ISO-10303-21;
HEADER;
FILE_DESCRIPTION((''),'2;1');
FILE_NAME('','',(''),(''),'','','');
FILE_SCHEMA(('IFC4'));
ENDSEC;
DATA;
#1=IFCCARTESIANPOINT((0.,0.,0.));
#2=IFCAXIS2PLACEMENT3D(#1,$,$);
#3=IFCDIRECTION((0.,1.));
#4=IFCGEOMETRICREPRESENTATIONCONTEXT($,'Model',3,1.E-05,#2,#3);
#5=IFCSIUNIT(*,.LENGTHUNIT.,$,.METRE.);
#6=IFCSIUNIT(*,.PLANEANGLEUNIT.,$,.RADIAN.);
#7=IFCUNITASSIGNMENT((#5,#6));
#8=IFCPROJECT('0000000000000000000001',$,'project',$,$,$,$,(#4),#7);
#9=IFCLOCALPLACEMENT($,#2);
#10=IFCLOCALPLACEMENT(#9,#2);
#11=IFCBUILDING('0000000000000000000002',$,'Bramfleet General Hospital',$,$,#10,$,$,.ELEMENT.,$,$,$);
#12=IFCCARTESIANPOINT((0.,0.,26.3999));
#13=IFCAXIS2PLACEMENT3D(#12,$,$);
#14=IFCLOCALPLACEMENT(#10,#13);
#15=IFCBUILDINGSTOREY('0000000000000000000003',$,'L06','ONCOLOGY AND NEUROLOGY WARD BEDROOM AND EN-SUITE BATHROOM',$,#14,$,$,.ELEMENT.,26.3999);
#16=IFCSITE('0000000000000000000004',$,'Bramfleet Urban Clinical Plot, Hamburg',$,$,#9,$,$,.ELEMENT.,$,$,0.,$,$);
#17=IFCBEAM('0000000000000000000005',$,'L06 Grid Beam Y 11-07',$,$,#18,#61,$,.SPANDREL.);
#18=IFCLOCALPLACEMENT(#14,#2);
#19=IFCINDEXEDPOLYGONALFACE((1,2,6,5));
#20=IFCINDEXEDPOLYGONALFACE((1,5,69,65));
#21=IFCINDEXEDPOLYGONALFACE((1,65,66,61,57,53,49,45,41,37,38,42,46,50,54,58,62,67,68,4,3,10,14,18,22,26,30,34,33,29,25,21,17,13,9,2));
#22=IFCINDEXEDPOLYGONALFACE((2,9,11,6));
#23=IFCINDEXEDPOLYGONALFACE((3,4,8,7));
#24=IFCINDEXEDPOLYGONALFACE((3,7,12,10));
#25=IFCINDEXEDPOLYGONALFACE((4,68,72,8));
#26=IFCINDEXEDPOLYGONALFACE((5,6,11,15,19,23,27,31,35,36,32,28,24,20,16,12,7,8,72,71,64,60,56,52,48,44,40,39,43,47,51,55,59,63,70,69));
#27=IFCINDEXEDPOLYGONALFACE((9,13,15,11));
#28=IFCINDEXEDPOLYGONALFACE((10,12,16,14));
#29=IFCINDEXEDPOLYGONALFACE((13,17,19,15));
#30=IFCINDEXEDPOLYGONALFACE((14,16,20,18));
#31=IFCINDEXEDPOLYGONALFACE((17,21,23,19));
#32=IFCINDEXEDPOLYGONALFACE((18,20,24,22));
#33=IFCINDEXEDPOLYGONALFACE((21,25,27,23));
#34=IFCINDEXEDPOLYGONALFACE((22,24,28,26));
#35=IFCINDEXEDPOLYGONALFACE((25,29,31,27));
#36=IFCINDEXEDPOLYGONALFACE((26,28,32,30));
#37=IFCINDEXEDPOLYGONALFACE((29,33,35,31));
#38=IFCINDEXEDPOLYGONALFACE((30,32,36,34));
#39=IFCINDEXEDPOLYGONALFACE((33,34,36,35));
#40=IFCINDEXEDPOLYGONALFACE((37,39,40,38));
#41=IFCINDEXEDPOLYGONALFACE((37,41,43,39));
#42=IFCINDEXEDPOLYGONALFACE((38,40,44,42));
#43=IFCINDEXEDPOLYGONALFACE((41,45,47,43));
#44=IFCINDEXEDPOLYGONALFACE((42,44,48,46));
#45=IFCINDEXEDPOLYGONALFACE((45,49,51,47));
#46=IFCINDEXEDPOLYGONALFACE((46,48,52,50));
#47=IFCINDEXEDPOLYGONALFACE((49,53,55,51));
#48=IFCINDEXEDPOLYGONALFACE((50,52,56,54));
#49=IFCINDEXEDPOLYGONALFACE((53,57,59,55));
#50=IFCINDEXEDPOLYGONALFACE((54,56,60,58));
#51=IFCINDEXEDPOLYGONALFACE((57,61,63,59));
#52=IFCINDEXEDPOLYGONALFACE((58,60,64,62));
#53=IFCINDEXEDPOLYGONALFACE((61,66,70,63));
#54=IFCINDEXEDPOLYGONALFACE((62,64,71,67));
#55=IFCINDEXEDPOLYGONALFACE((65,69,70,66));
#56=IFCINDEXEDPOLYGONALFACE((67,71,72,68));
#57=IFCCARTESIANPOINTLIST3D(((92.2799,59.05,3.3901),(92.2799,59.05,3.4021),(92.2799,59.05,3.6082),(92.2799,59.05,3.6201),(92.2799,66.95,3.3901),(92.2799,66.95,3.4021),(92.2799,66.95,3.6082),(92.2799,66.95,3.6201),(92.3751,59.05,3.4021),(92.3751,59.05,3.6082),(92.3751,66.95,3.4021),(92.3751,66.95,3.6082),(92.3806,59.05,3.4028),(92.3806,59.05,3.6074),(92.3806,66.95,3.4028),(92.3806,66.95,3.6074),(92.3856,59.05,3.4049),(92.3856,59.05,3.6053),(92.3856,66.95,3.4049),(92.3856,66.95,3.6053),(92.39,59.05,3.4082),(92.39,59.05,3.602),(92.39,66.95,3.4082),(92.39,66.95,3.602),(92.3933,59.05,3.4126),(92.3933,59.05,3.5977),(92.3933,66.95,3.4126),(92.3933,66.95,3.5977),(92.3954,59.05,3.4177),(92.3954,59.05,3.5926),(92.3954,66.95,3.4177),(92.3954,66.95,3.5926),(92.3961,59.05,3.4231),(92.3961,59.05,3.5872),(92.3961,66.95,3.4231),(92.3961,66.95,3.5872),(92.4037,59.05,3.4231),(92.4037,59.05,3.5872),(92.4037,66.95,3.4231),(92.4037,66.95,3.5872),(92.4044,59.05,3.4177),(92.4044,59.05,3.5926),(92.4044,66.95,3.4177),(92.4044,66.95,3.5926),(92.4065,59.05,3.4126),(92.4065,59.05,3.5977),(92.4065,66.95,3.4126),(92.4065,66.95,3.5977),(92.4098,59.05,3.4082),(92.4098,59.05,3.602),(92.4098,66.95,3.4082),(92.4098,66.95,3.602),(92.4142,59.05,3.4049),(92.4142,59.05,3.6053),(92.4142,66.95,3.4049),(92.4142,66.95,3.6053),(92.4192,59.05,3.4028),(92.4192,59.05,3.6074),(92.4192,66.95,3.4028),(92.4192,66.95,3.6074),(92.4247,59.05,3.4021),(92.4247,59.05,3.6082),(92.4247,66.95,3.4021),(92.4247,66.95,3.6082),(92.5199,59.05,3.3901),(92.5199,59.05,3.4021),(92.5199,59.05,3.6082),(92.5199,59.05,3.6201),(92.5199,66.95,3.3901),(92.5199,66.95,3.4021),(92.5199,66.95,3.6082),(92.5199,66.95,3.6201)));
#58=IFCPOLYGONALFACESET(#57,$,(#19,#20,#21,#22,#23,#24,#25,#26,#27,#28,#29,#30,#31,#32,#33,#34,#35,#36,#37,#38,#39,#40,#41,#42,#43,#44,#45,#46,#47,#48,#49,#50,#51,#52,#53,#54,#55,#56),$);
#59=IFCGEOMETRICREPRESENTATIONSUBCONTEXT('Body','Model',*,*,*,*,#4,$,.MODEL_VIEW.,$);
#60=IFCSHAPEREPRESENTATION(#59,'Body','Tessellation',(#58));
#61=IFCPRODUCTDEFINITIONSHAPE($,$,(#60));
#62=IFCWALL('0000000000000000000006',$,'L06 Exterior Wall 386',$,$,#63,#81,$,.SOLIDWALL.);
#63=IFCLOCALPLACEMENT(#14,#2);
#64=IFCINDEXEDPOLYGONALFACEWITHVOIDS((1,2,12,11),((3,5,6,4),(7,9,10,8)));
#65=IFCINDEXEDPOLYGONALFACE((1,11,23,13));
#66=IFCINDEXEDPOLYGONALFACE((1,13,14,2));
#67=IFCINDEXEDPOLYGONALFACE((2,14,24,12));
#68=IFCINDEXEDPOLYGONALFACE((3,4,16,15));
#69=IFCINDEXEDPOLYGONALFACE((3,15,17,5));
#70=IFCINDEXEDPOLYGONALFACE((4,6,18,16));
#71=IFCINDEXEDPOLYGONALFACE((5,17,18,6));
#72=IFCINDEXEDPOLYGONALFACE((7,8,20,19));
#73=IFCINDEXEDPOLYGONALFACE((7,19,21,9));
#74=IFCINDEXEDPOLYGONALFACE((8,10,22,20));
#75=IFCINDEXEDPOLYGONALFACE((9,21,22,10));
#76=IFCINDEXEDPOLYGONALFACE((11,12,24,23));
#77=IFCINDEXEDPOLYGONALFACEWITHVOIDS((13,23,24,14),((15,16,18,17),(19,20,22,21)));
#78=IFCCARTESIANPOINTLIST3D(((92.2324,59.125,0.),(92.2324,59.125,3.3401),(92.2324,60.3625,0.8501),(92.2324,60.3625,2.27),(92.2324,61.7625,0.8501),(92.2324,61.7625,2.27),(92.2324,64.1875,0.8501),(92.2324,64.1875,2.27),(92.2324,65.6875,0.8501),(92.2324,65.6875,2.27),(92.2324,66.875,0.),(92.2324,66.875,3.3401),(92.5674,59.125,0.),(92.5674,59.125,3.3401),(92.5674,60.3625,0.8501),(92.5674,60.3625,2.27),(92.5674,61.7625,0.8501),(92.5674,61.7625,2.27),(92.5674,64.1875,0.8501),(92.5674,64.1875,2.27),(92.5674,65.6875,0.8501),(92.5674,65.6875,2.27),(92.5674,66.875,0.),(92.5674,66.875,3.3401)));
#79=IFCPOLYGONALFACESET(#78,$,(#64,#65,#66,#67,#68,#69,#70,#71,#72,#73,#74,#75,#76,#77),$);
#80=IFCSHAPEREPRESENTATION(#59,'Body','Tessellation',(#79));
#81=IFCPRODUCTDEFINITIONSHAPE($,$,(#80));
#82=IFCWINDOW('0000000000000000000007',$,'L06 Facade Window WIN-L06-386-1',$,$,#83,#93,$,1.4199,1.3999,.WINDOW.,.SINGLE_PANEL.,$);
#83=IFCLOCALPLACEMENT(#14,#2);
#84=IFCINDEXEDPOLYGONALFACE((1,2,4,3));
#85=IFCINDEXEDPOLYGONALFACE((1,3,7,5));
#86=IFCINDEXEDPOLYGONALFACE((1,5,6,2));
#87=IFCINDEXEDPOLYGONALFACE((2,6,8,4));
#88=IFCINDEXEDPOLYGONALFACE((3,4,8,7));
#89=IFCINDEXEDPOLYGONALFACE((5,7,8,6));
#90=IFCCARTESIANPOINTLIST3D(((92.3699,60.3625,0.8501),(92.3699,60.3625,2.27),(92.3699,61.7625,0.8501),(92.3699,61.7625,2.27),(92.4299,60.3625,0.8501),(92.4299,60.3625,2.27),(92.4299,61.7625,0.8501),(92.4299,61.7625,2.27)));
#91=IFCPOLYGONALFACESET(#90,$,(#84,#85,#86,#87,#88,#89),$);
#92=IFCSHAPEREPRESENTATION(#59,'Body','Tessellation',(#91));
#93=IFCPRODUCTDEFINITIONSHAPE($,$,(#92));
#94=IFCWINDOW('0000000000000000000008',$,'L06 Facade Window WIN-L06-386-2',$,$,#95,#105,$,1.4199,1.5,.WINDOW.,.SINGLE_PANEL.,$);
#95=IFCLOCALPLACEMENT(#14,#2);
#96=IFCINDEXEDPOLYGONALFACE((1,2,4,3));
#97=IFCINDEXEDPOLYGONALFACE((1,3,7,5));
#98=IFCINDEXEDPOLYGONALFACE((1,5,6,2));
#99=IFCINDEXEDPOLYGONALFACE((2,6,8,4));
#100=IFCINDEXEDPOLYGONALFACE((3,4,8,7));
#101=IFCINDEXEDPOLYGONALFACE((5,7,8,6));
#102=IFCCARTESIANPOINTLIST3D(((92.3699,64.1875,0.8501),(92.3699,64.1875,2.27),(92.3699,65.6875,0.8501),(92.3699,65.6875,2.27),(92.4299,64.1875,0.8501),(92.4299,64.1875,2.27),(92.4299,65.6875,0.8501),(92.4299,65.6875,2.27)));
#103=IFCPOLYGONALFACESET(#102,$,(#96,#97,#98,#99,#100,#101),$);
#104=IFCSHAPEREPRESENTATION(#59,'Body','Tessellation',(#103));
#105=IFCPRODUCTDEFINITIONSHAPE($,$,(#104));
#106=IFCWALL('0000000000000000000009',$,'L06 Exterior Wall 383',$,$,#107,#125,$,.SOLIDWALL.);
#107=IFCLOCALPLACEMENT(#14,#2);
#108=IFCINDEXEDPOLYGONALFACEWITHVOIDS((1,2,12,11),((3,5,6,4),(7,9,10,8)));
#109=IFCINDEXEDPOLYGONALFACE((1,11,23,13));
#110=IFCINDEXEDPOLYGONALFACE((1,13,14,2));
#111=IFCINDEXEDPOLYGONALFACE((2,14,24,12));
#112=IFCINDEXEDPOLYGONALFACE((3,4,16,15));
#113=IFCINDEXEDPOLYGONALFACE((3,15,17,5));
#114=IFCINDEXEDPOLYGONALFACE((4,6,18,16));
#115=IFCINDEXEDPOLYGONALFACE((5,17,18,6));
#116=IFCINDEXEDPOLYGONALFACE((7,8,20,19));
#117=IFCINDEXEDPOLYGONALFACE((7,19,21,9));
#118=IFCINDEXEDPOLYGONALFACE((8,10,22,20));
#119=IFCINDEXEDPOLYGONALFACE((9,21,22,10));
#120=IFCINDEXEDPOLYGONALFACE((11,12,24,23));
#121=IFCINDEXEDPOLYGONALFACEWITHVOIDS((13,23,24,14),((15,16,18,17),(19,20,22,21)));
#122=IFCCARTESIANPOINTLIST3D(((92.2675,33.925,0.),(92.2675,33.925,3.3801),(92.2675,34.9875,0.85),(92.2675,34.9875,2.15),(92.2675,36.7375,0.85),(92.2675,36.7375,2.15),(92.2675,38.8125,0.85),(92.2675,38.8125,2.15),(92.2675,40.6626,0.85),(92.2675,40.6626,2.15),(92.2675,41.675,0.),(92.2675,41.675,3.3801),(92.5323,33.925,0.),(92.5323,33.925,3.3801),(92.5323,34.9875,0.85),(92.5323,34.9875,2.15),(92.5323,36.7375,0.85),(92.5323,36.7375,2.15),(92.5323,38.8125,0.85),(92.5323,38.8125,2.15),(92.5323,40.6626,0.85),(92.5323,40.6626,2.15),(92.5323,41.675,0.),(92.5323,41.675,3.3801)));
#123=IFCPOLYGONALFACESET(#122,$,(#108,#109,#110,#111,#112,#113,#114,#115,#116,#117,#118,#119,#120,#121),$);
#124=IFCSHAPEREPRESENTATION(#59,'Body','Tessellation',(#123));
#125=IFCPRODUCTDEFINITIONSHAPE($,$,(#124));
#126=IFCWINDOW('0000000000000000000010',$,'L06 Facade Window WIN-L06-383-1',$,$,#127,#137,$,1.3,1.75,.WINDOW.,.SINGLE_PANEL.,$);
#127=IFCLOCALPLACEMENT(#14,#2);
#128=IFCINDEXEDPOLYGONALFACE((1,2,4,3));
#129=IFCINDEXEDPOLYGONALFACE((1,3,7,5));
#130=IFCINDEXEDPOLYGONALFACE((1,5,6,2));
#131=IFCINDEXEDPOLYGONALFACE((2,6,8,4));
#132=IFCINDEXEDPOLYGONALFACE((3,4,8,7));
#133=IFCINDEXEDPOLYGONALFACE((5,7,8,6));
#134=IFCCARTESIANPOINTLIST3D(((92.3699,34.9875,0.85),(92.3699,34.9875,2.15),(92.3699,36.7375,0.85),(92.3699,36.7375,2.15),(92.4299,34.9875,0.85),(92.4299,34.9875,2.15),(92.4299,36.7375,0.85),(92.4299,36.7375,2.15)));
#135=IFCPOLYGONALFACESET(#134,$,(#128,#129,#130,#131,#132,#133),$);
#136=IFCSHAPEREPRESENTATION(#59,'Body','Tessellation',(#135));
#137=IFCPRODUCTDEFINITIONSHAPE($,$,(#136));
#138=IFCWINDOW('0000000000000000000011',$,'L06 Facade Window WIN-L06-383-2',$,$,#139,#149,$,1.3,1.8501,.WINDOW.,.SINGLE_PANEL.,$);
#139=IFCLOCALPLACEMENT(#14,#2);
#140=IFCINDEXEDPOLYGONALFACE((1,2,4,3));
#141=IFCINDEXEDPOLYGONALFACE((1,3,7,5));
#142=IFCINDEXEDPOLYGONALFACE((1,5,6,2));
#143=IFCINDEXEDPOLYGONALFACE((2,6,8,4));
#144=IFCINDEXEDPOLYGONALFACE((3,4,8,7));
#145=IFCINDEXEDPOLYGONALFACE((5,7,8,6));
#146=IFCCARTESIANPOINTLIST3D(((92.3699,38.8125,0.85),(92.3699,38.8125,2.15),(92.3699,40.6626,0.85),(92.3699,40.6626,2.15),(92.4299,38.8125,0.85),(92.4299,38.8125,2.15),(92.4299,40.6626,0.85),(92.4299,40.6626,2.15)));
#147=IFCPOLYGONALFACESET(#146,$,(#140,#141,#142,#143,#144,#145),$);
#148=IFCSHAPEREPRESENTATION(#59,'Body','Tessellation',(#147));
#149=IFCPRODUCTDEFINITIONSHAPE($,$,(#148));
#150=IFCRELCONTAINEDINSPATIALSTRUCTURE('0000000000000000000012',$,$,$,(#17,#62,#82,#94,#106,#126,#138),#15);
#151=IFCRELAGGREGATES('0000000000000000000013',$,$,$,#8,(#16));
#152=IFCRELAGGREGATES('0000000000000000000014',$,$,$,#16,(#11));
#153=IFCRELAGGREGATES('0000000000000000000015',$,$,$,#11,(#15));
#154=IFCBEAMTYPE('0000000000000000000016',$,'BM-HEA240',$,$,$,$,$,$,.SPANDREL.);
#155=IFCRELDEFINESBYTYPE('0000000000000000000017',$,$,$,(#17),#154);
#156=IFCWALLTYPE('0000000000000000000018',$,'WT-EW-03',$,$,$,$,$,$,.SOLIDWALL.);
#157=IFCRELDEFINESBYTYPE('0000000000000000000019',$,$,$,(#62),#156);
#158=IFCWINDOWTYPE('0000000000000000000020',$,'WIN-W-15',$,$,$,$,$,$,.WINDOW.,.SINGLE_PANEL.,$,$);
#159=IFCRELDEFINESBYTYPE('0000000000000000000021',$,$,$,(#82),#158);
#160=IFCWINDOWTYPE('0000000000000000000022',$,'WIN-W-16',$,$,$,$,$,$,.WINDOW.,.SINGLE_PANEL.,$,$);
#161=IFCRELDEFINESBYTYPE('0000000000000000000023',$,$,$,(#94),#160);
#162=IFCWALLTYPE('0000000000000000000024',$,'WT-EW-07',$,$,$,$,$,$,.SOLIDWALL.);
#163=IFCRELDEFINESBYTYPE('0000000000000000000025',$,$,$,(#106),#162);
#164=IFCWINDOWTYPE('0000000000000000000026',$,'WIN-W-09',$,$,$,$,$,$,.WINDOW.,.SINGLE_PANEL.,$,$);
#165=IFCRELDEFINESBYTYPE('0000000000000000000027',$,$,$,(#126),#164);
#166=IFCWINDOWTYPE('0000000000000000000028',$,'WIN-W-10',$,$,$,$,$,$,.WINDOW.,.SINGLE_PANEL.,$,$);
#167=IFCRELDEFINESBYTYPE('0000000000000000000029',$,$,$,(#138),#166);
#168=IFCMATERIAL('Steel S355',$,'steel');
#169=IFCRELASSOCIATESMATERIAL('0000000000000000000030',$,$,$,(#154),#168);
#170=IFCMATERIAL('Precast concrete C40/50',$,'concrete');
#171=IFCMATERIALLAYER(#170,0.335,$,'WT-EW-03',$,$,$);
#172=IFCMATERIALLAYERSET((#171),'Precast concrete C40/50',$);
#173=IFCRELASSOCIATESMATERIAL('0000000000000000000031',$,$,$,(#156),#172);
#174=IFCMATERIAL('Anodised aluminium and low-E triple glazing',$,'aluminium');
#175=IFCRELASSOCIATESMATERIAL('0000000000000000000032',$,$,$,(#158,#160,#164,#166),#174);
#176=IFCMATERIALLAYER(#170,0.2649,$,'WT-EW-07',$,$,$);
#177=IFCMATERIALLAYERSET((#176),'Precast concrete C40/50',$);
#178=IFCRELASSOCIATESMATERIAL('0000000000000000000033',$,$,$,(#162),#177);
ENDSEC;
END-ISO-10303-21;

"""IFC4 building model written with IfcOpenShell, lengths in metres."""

from ifc_helpers import new_model, si_unit, direction, frame, frame_2d, origin, origin_2d, place, context, subcontext, project, spatial, rectangle, i_section, extrude, material, layer, layer_set, material_profile, profile_set, type_object, element, fill, save


model = new_model("IFC4")

# Units and contexts
model_context = context("Model", 3, precision=1e-05, world=origin(), true_north=direction((0.0, 1.0)))
body_context = subcontext(model_context, "Body", "Model", "MODEL_VIEW")
ifc_project = project(units=[si_unit("LENGTHUNIT", "METRE"), si_unit("PLANEANGLEUNIT", "RADIAN")], contexts=[model_context])

# Site, building, storey
site_placement = place(None, origin())
site = spatial("IfcSite", under=ifc_project, at=site_placement, Name="Bramfleet Urban Clinical Plot, Hamburg", CompositionType="ELEMENT", RefElevation=0.0)
building_placement = place(site_placement, origin())
building = spatial("IfcBuilding", under=site, at=building_placement, Name="Bramfleet General Hospital", CompositionType="ELEMENT")
storey_placement = place(building_placement, frame((0.0, 0.0, 26.3999)))
storey = spatial("IfcBuildingStorey", under=building, at=storey_placement, Name="L06", Description="ONCOLOGY AND NEUROLOGY WARD BEDROOM AND EN-SUITE BATHROOM", CompositionType="ELEMENT", Elevation=26.3999)

# Beam
ifc_material_1 = material(Name="Steel S355", Category="steel")
ifc_material_profile_1 = material_profile(ifc_material_1, i_section(OverallWidth=0.24, OverallDepth=0.23, WebThickness=0.0076, FlangeThickness=0.012, FilletRadius=0.021, at=origin_2d()), Name="HEA 240")
ifc_profile_set_1 = profile_set([ifc_material_profile_1], Name="Steel S355")
beam_type = type_object("IfcBeamType", Name="BM-HEA240", PredefinedType="SPANDREL", material=ifc_profile_set_1)
beam_1_placement = place(storey_placement, frame((92.3999, 59.05, 3.5051), z_axis=(0.0, 1.0, 0.0), x_axis=(-1.0, 0.0, 0.0)))
element("IfcBeam", 1, at=beam_1_placement, inside=storey, type_object=beam_type, Name="L06 Grid Beam Y 11-07", PredefinedType="SPANDREL", context=body_context, shape_type="SweptSolid", body=[
    extrude(i_section(OverallWidth=0.24, OverallDepth=0.23, WebThickness=0.0076, FlangeThickness=0.012, FilletRadius=0.021, at=origin_2d()), origin(), (0.0, 0.0, 1.0), 7.8999),
])

# Walls, openings, windows
ifc_material_2 = material(Name="Precast concrete C40/50", Category="concrete")
ifc_layer_1 = layer(ifc_material_2, 0.335, Name="WT-EW-03")
ifc_layer_set_1 = layer_set([ifc_layer_1], Name="Precast concrete C40/50")
wall_type_1 = type_object("IfcWallType", Name="WT-EW-03", PredefinedType="SOLIDWALL", material=ifc_layer_set_1)
wall_1_placement = place(storey_placement, frame((92.3999, 59.125, 0.0), z_axis=(0.0, 0.0, 1.0), x_axis=(0.0, 1.0, 0.0)))
wall_1 = element("IfcWall", 2, at=wall_1_placement, inside=storey, type_object=wall_type_1, Name="L06 Exterior Wall 386", PredefinedType="SOLIDWALL", context=body_context, shape_type="SweptSolid", body=[
    extrude(rectangle(XDim=7.75, YDim=0.335, at=frame_2d((3.875, 0.0))), origin(), (0.0, 0.0, 1.0), 3.3401),
])
opening_1_placement = place(wall_1_placement, frame((1.2375, 0.0, 0.8501)))
opening_1 = element("IfcOpeningElement", 3, at=opening_1_placement, cuts=wall_1, PredefinedType="OPENING", context=body_context, shape_type="SweptSolid", body=[
    extrude(rectangle(XDim=1.3999, YDim=1.4199, at=frame_2d((0.7, 0.71))), frame((0.0, 0.1775, 0.0), z_axis=(0.0, -1.0, 0.0), x_axis=(1.0, 0.0, 0.0)), (0.0, 0.0, 1.0), 0.355),
])
opening_2_placement = place(wall_1_placement, frame((5.0625, 0.0, 0.8501)))
opening_2 = element("IfcOpeningElement", 4, at=opening_2_placement, cuts=wall_1, PredefinedType="OPENING", context=body_context, shape_type="SweptSolid", body=[
    extrude(rectangle(XDim=1.5, YDim=1.4199, at=frame_2d((0.75, 0.71))), frame((0.0, 0.1775, 0.0), z_axis=(0.0, -1.0, 0.0), x_axis=(1.0, 0.0, 0.0)), (0.0, 0.0, 1.0), 0.355),
])
ifc_material_3 = material(Name="Anodised aluminium and low-E triple glazing", Category="aluminium")
window_type_1 = type_object("IfcWindowType", Name="WIN-W-15", PartitioningType="SINGLE_PANEL", PredefinedType="WINDOW", material=ifc_material_3)
window_1_placement = place(opening_1_placement, origin())
window_1 = element("IfcWindow", 5, at=window_1_placement, inside=storey, type_object=window_type_1, Name="L06 Facade Window WIN-L06-386-1", OverallHeight=1.4199, OverallWidth=1.3999, PartitioningType="SINGLE_PANEL", PredefinedType="WINDOW", context=body_context, shape_type="SweptSolid", body=[
    extrude(rectangle(XDim=1.3999, YDim=1.4199, at=frame_2d((0.7, 0.71))), frame((0.0, 0.03, 0.0), z_axis=(0.0, -1.0, 0.0), x_axis=(1.0, 0.0, 0.0)), (0.0, 0.0, 1.0), 0.0601),
])
fill(opening_1, window_1)
window_type_2 = type_object("IfcWindowType", Name="WIN-W-16", PartitioningType="SINGLE_PANEL", PredefinedType="WINDOW", material=ifc_material_3)
window_2_placement = place(opening_2_placement, origin())
window_2 = element("IfcWindow", 6, at=window_2_placement, inside=storey, type_object=window_type_2, Name="L06 Facade Window WIN-L06-386-2", OverallHeight=1.4199, OverallWidth=1.5, PartitioningType="SINGLE_PANEL", PredefinedType="WINDOW", context=body_context, shape_type="SweptSolid", body=[
    extrude(rectangle(XDim=1.5, YDim=1.4199, at=frame_2d((0.75, 0.71))), frame((0.0, 0.03, 0.0), z_axis=(0.0, -1.0, 0.0), x_axis=(1.0, 0.0, 0.0)), (0.0, 0.0, 1.0), 0.0601),
])
fill(opening_2, window_2)
ifc_layer_2 = layer(ifc_material_2, 0.2649, Name="WT-EW-07")
ifc_layer_set_2 = layer_set([ifc_layer_2], Name="Precast concrete C40/50")
wall_type_2 = type_object("IfcWallType", Name="WT-EW-07", PredefinedType="SOLIDWALL", material=ifc_layer_set_2)
wall_2_placement = place(storey_placement, frame((92.3999, 33.925, 0.0), z_axis=(0.0, 0.0, 1.0), x_axis=(0.0, 1.0, 0.0)))
wall_2 = element("IfcWall", 7, at=wall_2_placement, inside=storey, type_object=wall_type_2, Name="L06 Exterior Wall 383", PredefinedType="SOLIDWALL", context=body_context, shape_type="SweptSolid", body=[
    extrude(rectangle(XDim=7.75, YDim=0.2649, at=frame_2d((3.875, 0.0))), origin(), (0.0, 0.0, 1.0), 3.3801),
])
opening_3_placement = place(wall_2_placement, frame((1.0625, 0.0, 0.8501)))
opening_3 = element("IfcOpeningElement", 8, at=opening_3_placement, cuts=wall_2, PredefinedType="OPENING", context=body_context, shape_type="SweptSolid", body=[
    extrude(rectangle(XDim=1.75, YDim=1.3, at=frame_2d((0.875, 0.6499))), frame((0.0, 0.1423, 0.0), z_axis=(0.0, -1.0, 0.0), x_axis=(1.0, 0.0, 0.0)), (0.0, 0.0, 1.0), 0.2849),
])
opening_4_placement = place(wall_2_placement, frame((4.8875, 0.0, 0.8501)))
opening_4 = element("IfcOpeningElement", 9, at=opening_4_placement, cuts=wall_2, PredefinedType="OPENING", context=body_context, shape_type="SweptSolid", body=[
    extrude(rectangle(XDim=1.8501, YDim=1.3, at=frame_2d((0.925, 0.6499))), frame((0.0, 0.1423, 0.0), z_axis=(0.0, -1.0, 0.0), x_axis=(1.0, 0.0, 0.0)), (0.0, 0.0, 1.0), 0.2849),
])
window_type_3 = type_object("IfcWindowType", Name="WIN-W-09", PartitioningType="SINGLE_PANEL", PredefinedType="WINDOW", material=ifc_material_3)
window_3_placement = place(opening_3_placement, origin())
window_3 = element("IfcWindow", 10, at=window_3_placement, inside=storey, type_object=window_type_3, Name="L06 Facade Window WIN-L06-383-1", OverallHeight=1.3, OverallWidth=1.75, PartitioningType="SINGLE_PANEL", PredefinedType="WINDOW", context=body_context, shape_type="SweptSolid", body=[
    extrude(rectangle(XDim=1.75, YDim=1.3, at=frame_2d((0.875, 0.6499))), frame((0.0, 0.03, 0.0), z_axis=(0.0, -1.0, 0.0), x_axis=(1.0, 0.0, 0.0)), (0.0, 0.0, 1.0), 0.0601),
])
fill(opening_3, window_3)
window_type_4 = type_object("IfcWindowType", Name="WIN-W-10", PartitioningType="SINGLE_PANEL", PredefinedType="WINDOW", material=ifc_material_3)
window_4_placement = place(opening_4_placement, origin())
window_4 = element("IfcWindow", 11, at=window_4_placement, inside=storey, type_object=window_type_4, Name="L06 Facade Window WIN-L06-383-2", OverallHeight=1.3, OverallWidth=1.8501, PartitioningType="SINGLE_PANEL", PredefinedType="WINDOW", context=body_context, shape_type="SweptSolid", body=[
    extrude(rectangle(XDim=1.8501, YDim=1.3, at=frame_2d((0.925, 0.6499))), frame((0.0, 0.03, 0.0), z_axis=(0.0, -1.0, 0.0), x_axis=(1.0, 0.0, 0.0)), (0.0, 0.0, 1.0), 0.0601),
])
fill(opening_4, window_4)

save(model, "model.ifc")
